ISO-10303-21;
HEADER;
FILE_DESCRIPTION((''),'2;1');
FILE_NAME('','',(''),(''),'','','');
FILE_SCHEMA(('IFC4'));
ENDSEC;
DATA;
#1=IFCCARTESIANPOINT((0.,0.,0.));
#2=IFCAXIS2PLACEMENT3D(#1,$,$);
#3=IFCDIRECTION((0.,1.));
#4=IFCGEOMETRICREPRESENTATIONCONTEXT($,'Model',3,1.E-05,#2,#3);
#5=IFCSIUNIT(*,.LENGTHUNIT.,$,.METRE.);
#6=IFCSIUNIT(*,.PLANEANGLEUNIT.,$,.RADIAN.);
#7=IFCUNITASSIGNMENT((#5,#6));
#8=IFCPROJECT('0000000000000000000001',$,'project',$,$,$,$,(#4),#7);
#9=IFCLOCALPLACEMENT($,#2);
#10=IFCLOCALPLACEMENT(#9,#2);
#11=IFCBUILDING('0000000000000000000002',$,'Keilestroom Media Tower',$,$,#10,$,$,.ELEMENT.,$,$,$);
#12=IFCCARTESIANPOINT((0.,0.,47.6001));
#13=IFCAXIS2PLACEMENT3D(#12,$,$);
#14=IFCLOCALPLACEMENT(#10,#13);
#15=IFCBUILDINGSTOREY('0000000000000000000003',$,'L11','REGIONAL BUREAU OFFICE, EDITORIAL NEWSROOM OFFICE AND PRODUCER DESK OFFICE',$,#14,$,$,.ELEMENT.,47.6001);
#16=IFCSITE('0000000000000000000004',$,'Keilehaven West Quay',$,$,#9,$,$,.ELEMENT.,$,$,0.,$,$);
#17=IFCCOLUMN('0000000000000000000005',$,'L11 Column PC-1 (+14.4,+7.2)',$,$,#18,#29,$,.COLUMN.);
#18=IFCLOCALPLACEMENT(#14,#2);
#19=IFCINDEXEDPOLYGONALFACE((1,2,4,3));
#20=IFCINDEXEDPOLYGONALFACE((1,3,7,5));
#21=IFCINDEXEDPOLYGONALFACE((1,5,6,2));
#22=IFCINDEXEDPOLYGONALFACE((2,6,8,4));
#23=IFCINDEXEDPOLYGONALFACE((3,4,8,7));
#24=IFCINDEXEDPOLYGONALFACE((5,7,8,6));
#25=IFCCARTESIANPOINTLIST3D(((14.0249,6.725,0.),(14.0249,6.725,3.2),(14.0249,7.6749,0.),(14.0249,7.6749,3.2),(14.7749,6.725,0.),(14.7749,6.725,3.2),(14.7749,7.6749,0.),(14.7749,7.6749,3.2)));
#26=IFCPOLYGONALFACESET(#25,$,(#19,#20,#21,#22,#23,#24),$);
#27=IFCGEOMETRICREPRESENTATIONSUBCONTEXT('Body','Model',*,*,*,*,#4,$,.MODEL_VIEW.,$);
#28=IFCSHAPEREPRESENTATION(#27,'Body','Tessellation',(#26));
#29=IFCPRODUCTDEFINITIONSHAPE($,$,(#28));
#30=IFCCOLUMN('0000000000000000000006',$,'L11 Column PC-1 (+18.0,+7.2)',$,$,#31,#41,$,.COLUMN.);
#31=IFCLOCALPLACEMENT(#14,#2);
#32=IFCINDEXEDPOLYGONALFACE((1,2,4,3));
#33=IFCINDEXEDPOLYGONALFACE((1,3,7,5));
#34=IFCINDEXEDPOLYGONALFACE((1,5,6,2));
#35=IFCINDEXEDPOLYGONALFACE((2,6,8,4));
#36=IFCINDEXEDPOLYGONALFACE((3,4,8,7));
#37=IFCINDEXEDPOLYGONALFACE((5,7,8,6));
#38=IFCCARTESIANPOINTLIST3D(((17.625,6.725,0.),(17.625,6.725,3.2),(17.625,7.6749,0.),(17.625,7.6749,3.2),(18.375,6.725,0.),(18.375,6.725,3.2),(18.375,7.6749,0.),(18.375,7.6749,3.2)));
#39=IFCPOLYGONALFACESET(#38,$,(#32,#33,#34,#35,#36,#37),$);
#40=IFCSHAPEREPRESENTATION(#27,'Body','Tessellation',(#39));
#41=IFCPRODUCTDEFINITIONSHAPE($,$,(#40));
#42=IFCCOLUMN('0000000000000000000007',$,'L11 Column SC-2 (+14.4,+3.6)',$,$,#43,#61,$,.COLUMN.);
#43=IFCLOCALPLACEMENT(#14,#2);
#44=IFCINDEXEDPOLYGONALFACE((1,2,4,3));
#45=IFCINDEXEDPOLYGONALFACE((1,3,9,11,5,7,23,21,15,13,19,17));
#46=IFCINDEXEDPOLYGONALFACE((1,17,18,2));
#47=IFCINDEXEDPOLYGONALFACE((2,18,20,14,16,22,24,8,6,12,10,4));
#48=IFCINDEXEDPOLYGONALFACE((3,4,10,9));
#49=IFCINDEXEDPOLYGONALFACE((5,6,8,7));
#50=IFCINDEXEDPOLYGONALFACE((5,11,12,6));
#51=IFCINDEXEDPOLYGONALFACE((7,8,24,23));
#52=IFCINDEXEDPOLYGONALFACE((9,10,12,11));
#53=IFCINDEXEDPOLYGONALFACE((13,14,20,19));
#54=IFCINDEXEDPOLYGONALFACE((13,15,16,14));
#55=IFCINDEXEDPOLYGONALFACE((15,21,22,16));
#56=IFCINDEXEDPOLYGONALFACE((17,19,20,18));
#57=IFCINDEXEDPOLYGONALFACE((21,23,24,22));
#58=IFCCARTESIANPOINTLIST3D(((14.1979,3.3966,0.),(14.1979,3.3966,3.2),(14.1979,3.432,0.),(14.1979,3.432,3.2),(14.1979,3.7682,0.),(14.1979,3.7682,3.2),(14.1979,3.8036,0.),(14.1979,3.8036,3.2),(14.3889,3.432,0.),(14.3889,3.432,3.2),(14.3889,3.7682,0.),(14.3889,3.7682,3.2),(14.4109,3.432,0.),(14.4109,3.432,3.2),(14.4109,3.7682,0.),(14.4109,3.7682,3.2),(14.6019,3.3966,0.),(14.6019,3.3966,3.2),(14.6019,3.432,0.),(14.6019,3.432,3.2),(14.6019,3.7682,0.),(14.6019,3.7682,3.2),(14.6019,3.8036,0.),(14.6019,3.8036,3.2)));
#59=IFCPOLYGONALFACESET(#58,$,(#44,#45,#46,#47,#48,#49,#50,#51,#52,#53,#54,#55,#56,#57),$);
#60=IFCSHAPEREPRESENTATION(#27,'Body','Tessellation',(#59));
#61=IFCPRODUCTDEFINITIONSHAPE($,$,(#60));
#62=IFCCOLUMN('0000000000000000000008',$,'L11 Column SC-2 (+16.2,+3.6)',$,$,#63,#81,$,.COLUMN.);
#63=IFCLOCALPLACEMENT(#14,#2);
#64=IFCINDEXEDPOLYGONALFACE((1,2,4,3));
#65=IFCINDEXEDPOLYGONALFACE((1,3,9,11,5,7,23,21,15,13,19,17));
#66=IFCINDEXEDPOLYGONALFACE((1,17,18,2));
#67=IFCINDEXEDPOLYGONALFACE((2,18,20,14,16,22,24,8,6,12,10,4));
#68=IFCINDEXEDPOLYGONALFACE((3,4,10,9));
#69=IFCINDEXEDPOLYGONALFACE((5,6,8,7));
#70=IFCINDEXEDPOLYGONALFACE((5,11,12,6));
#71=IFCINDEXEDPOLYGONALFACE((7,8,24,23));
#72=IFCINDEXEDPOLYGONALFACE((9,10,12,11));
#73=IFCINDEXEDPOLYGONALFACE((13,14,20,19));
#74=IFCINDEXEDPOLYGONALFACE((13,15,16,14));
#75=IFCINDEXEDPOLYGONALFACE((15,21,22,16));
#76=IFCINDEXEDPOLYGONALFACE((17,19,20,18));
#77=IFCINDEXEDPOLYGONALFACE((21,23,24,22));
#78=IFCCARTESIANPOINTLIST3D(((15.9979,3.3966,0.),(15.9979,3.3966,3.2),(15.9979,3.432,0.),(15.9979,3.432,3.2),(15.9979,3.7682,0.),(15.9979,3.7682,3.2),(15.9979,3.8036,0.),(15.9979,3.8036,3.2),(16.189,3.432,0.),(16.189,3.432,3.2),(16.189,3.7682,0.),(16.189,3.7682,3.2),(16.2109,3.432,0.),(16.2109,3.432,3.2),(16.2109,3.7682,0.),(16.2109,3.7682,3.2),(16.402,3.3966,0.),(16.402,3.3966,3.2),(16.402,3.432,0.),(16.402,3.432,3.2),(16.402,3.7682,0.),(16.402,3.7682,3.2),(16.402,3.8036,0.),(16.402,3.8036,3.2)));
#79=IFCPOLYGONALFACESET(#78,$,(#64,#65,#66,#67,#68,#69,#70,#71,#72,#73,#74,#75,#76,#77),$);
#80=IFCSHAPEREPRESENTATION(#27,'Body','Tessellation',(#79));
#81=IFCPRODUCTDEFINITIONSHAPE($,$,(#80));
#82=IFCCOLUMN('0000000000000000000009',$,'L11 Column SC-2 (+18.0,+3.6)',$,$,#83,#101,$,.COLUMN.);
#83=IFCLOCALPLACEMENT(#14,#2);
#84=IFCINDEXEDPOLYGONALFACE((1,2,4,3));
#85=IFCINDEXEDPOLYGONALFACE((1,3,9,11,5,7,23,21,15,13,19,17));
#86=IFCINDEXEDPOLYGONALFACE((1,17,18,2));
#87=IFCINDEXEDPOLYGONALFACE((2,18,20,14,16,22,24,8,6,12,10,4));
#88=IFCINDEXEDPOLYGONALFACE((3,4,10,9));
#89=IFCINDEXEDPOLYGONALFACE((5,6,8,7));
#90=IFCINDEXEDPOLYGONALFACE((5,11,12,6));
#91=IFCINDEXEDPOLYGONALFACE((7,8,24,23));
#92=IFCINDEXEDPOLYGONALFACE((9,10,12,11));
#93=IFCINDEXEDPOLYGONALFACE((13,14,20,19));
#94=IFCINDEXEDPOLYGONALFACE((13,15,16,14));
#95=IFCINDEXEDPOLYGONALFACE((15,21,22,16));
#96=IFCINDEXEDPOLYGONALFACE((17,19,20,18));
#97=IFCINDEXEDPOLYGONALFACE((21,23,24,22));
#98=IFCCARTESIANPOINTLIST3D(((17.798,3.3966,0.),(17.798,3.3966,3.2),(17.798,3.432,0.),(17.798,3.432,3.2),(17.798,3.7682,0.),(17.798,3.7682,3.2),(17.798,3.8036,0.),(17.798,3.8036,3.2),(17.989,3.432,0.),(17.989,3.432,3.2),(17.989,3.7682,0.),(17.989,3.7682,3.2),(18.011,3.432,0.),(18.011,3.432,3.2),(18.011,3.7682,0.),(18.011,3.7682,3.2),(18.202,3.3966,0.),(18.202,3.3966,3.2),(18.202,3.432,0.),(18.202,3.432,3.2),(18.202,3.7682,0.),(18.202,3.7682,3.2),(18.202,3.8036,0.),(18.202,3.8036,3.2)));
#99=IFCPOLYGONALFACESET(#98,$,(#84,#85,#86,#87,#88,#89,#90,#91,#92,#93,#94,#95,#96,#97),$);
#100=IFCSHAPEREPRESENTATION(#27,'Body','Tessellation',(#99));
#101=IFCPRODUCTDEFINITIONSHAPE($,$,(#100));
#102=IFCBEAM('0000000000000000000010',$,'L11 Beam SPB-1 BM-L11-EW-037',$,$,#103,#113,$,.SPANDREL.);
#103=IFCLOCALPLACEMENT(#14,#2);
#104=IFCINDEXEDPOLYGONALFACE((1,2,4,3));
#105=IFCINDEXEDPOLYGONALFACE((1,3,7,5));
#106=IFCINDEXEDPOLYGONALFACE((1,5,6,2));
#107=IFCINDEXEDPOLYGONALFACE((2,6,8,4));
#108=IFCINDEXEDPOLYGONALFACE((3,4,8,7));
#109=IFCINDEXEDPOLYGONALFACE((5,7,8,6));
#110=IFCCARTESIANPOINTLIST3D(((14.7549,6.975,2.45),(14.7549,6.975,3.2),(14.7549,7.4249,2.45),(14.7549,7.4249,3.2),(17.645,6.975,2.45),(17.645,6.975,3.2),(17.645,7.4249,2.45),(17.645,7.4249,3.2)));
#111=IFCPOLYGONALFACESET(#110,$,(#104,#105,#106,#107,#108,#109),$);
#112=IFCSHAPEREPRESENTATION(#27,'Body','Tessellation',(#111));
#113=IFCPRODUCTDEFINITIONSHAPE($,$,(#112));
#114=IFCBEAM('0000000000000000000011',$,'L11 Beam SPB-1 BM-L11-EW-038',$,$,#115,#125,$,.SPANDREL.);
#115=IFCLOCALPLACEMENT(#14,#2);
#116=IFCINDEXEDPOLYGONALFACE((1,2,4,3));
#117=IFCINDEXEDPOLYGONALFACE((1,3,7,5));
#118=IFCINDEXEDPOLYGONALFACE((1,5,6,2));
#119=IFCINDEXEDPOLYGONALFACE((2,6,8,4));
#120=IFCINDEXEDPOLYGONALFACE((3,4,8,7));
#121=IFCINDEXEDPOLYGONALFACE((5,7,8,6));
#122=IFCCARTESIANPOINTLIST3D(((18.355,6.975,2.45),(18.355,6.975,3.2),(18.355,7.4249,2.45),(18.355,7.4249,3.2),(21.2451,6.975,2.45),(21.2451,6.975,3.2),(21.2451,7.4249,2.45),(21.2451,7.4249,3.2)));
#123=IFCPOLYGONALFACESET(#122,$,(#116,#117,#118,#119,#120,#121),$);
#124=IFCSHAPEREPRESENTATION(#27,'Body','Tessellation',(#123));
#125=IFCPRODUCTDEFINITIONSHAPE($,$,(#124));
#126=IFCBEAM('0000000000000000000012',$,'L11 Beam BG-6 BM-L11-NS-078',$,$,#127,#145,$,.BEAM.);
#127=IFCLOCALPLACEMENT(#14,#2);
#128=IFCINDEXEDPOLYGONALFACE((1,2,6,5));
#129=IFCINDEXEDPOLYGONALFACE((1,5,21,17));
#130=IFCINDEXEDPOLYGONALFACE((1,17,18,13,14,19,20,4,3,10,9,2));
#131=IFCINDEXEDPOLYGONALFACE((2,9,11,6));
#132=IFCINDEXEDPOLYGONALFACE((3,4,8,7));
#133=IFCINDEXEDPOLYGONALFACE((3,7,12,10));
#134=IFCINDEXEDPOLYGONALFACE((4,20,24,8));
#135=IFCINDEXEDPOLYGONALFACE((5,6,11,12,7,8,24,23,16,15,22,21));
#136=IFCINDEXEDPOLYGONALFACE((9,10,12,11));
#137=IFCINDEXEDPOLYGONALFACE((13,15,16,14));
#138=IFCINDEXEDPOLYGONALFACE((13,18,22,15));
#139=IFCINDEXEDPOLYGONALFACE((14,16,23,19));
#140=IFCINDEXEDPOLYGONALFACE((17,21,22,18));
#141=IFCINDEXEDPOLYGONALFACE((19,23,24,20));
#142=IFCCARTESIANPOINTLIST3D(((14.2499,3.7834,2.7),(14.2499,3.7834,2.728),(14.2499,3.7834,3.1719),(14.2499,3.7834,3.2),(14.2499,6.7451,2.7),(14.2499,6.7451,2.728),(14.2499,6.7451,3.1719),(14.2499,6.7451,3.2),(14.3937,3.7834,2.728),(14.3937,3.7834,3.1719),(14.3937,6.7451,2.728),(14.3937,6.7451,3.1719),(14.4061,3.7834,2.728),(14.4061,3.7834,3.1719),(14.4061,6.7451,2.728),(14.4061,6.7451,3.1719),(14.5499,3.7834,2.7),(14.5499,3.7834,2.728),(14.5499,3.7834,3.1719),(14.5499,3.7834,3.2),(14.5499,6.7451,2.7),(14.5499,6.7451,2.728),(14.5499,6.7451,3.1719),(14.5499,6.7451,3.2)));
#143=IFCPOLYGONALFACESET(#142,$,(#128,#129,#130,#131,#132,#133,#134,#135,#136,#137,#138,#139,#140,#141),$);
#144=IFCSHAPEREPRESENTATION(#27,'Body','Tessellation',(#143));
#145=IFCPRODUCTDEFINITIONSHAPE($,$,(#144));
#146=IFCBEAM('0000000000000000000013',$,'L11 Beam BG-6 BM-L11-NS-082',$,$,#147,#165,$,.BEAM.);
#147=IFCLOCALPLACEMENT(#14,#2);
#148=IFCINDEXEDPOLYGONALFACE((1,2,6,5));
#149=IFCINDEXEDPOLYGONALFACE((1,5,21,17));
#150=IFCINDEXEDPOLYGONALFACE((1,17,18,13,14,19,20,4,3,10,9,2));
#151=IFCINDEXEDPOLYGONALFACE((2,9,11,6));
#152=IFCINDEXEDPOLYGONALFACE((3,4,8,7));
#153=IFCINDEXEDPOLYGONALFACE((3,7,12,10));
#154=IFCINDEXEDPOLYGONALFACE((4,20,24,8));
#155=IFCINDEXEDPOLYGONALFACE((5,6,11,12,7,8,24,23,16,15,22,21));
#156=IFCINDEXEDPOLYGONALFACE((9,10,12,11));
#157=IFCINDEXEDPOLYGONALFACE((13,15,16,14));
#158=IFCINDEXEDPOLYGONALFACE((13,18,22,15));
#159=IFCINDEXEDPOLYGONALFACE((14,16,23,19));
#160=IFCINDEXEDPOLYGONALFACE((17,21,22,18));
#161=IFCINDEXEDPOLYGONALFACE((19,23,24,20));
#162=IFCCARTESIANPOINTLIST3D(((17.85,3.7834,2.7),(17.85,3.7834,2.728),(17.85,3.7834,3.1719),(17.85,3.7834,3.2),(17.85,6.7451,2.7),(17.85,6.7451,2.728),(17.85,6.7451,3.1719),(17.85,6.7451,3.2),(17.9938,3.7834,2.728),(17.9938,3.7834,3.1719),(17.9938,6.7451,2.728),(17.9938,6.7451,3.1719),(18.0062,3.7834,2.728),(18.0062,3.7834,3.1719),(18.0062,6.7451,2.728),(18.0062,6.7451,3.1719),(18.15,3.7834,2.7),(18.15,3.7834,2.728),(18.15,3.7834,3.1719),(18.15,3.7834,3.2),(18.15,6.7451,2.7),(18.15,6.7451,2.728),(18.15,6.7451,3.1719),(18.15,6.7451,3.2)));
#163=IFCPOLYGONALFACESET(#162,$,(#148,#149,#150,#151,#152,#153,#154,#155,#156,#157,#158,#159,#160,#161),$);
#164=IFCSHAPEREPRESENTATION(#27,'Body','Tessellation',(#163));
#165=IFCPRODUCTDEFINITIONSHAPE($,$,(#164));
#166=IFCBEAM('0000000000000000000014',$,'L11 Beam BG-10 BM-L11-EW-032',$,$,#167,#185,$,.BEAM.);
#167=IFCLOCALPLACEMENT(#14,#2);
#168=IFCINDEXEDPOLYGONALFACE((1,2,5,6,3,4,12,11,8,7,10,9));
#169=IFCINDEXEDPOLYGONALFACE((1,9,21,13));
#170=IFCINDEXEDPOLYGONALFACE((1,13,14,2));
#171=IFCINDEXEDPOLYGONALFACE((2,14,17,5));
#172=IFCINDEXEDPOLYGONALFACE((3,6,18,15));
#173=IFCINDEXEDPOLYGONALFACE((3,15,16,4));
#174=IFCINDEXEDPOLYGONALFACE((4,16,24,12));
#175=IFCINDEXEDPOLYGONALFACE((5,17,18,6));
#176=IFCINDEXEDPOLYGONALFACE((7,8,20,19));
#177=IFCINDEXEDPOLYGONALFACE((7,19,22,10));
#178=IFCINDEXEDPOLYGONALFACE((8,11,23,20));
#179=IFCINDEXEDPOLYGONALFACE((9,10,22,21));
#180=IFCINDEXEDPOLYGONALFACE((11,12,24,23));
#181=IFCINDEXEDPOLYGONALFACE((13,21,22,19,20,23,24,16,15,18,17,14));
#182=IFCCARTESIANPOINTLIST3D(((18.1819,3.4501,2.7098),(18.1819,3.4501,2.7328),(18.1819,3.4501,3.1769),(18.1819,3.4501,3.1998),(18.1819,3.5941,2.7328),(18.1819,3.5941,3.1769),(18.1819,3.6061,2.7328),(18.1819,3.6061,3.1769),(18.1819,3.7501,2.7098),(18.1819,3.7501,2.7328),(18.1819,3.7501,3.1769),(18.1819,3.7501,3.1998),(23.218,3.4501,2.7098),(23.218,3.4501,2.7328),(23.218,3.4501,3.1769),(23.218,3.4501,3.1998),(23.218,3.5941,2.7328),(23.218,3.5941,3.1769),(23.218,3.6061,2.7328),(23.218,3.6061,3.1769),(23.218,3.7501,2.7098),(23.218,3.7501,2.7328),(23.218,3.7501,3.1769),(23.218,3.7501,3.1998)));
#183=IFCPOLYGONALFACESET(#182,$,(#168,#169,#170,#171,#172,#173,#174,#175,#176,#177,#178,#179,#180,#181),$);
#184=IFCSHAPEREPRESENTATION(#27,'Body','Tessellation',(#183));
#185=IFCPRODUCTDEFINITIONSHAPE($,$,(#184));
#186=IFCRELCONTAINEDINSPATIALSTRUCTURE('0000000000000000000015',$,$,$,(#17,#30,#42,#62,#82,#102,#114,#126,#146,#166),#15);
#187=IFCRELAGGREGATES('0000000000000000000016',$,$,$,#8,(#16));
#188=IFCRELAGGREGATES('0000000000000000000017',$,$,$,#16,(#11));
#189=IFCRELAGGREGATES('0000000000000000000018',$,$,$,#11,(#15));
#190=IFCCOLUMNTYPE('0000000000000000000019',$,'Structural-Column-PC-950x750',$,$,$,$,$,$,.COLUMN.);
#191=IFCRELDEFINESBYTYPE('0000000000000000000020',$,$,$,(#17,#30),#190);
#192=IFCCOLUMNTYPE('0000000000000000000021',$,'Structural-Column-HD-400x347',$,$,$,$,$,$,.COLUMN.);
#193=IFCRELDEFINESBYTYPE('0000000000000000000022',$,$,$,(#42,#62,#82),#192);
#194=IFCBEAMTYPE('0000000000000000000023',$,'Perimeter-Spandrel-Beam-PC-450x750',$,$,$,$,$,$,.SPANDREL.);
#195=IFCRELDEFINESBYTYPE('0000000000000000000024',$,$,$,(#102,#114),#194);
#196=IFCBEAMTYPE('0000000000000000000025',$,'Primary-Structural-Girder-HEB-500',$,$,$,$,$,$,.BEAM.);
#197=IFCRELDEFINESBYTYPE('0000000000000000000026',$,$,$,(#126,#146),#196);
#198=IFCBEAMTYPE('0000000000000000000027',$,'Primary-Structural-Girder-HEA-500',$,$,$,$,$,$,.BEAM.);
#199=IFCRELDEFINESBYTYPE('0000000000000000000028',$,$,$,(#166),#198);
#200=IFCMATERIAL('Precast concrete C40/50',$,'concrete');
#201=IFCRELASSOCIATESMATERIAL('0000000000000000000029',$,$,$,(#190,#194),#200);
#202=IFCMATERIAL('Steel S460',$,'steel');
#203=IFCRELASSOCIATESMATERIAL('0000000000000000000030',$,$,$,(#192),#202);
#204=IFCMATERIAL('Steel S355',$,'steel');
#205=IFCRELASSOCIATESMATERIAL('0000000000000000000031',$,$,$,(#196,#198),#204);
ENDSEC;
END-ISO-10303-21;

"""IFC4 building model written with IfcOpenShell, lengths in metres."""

from ifc_helpers import new_model, si_unit, direction, frame, origin, origin_2d, place, context, subcontext, project, spatial, rectangle, i_section, extrude, source, transform, mapped, material, material_profile, profile_set, type_object, element, save


model = new_model("IFC4")

# Units and contexts
model_context = context("Model", 3, precision=1e-05, world=origin(), true_north=direction((0.0, 1.0)))
body_context = subcontext(model_context, "Body", "Model", "MODEL_VIEW")
ifc_project = project(units=[si_unit("LENGTHUNIT", "METRE"), si_unit("PLANEANGLEUNIT", "RADIAN")], contexts=[model_context])

# Site, building, storey
site_placement = place(None, origin())
site = spatial("IfcSite", under=ifc_project, at=site_placement, Name="Keilehaven West Quay", CompositionType="ELEMENT", RefElevation=0.0)
building_placement = place(site_placement, origin())
building = spatial("IfcBuilding", under=site, at=building_placement, Name="Keilestroom Media Tower", CompositionType="ELEMENT")
storey_placement = place(building_placement, frame((0.0, 0.0, 47.6001)))
storey = spatial("IfcBuildingStorey", under=building, at=storey_placement, Name="L11", Description="REGIONAL BUREAU OFFICE, EDITORIAL NEWSROOM OFFICE AND PRODUCER DESK OFFICE", CompositionType="ELEMENT", Elevation=47.6001)

# Columns
ifc_material_1 = material(Name="Precast concrete C40/50", Category="concrete")
ifc_material_profile_1 = material_profile(ifc_material_1, rectangle(XDim=0.75, YDim=0.95, at=origin_2d()), Name="PC 950x750")
ifc_profile_set_1 = profile_set([ifc_material_profile_1], Name="Precast concrete C40/50")
column_type_1 = type_object("IfcColumnType", Name="Structural-Column-PC-950x750", PredefinedType="COLUMN", material=ifc_profile_set_1)
shared_shape_1 = source(origin(), body_context, "Body", "SweptSolid", [
    extrude(rectangle(XDim=0.75, YDim=0.95, at=origin_2d()), origin(), (0.0, 0.0, 1.0), 3.2),
])
for number, where, z_axis, x_axis, name in (
    (1, (14.3999, 7.2, 0.0), (0.0, 0.0, 1.0), (1.0, 0.0, 0.0), "L11 Column PC-1 (+14.4,+7.2)"),
    (2, (18.0, 7.2, 0.0), (0.0, 0.0, 1.0), (1.0, 0.0, 0.0), "L11 Column PC-1 (+18.0,+7.2)"),
):
    element("IfcColumn", number, at=place(storey_placement, frame(where, z_axis=z_axis, x_axis=x_axis)), inside=storey, type_object=column_type_1, Name=name, PredefinedType="COLUMN", context=body_context, shape_type="MappedRepresentation", body=[
        mapped(shared_shape_1, transform((0.0, 0.0, 0.0), x_axis=(1.0, 0.0, 0.0), y_axis=(0.0, 1.0, 0.0), z_axis=(0.0, 0.0, 1.0), scale=1.0)),
    ])
ifc_material_2 = material(Name="Steel S460", Category="steel")
ifc_material_profile_2 = material_profile(ifc_material_2, i_section(OverallWidth=0.4041, OverallDepth=0.407, WebThickness=0.022, FlangeThickness=0.0354, at=origin_2d()), Name="HD 400x347")
ifc_profile_set_2 = profile_set([ifc_material_profile_2], Name="Steel S460")
column_type_2 = type_object("IfcColumnType", Name="Structural-Column-HD-400x347", PredefinedType="COLUMN", material=ifc_profile_set_2)
shared_shape_2 = source(origin(), body_context, "Body", "SweptSolid", [
    extrude(i_section(OverallWidth=0.4041, OverallDepth=0.407, WebThickness=0.022, FlangeThickness=0.0354, at=origin_2d()), origin(), (0.0, 0.0, 1.0), 3.2),
])
for number, where, z_axis, x_axis, name in (
    (3, (14.3999, 3.6001, 0.0), (0.0, 0.0, 1.0), (1.0, 0.0, 0.0), "L11 Column SC-2 (+14.4,+3.6)"),
    (4, (16.2, 3.6001, 0.0), (0.0, 0.0, 1.0), (1.0, 0.0, 0.0), "L11 Column SC-2 (+16.2,+3.6)"),
    (5, (18.0, 3.6001, 0.0), (0.0, 0.0, 1.0), (1.0, 0.0, 0.0), "L11 Column SC-2 (+18.0,+3.6)"),
):
    element("IfcColumn", number, at=place(storey_placement, frame(where, z_axis=z_axis, x_axis=x_axis)), inside=storey, type_object=column_type_2, Name=name, PredefinedType="COLUMN", context=body_context, shape_type="MappedRepresentation", body=[
        mapped(shared_shape_2, transform((0.0, 0.0, 0.0), x_axis=(1.0, 0.0, 0.0), y_axis=(0.0, 1.0, 0.0), z_axis=(0.0, 0.0, 1.0), scale=1.0)),
    ])

# Beams
ifc_material_profile_3 = material_profile(ifc_material_1, rectangle(XDim=0.45, YDim=0.75, at=origin_2d()), Name="PC 450x750")
ifc_profile_set_3 = profile_set([ifc_material_profile_3], Name="Precast concrete C40/50")
beam_type_1 = type_object("IfcBeamType", Name="Perimeter-Spandrel-Beam-PC-450x750", PredefinedType="SPANDREL", material=ifc_profile_set_3)
shared_shape_3 = source(origin(), body_context, "Body", "SweptSolid", [
    extrude(rectangle(XDim=0.45, YDim=0.75, at=origin_2d()), origin(), (0.0, 0.0, 1.0), 2.8901),
])
for number, where, z_axis, x_axis, name in (
    (6, (14.7549, 7.2, 2.825), (1.0, 0.0, 0.0), (0.0, 1.0, 0.0), "L11 Beam SPB-1 BM-L11-EW-037"),
    (7, (18.355, 7.2, 2.825), (1.0, 0.0, 0.0), (0.0, 1.0, 0.0), "L11 Beam SPB-1 BM-L11-EW-038"),
):
    element("IfcBeam", number, at=place(storey_placement, frame(where, z_axis=z_axis, x_axis=x_axis)), inside=storey, type_object=beam_type_1, Name=name, PredefinedType="SPANDREL", context=body_context, shape_type="MappedRepresentation", body=[
        mapped(shared_shape_3, transform((0.0, 0.0, 0.0), x_axis=(1.0, 0.0, 0.0), y_axis=(0.0, 1.0, 0.0), z_axis=(0.0, 0.0, 1.0), scale=1.0)),
    ])
ifc_material_3 = material(Name="Steel S355", Category="steel")
ifc_material_profile_4 = material_profile(ifc_material_3, i_section(OverallWidth=0.3, OverallDepth=0.5, WebThickness=0.0125, FlangeThickness=0.0281, at=origin_2d()), Name="HEB 500")
ifc_profile_set_4 = profile_set([ifc_material_profile_4], Name="Steel S355")
beam_type_2 = type_object("IfcBeamType", Name="Primary-Structural-Girder-HEB-500", PredefinedType="BEAM", material=ifc_profile_set_4)
shared_shape_4 = source(origin(), body_context, "Body", "SweptSolid", [
    extrude(i_section(OverallWidth=0.3, OverallDepth=0.5, WebThickness=0.0125, FlangeThickness=0.0281, at=origin_2d()), origin(), (0.0, 0.0, 1.0), 2.9617),
])
for number, where, z_axis, x_axis, name in (
    (8, (14.3999, 3.7834, 2.95), (0.0, 1.0, 0.0), (-1.0, 0.0, 0.0), "L11 Beam BG-6 BM-L11-NS-078"),
    (9, (18.0, 3.7834, 2.95), (0.0, 1.0, 0.0), (-1.0, 0.0, 0.0), "L11 Beam BG-6 BM-L11-NS-082"),
):
    element("IfcBeam", number, at=place(storey_placement, frame(where, z_axis=z_axis, x_axis=x_axis)), inside=storey, type_object=beam_type_2, Name=name, PredefinedType="BEAM", context=body_context, shape_type="MappedRepresentation", body=[
        mapped(shared_shape_4, transform((0.0, 0.0, 0.0), x_axis=(1.0, 0.0, 0.0), y_axis=(0.0, 1.0, 0.0), z_axis=(0.0, 0.0, 1.0), scale=1.0)),
    ])
ifc_material_profile_5 = material_profile(ifc_material_3, i_section(OverallWidth=0.3, OverallDepth=0.49, WebThickness=0.012, FlangeThickness=0.0229, at=origin_2d()), Name="HEA 500")
ifc_profile_set_5 = profile_set([ifc_material_profile_5], Name="Steel S355")
beam_type_3 = type_object("IfcBeamType", Name="Primary-Structural-Girder-HEA-500", PredefinedType="BEAM", material=ifc_profile_set_5)
shared_shape_5 = source(origin(), body_context, "Body", "SweptSolid", [
    extrude(i_section(OverallWidth=0.3, OverallDepth=0.49, WebThickness=0.012, FlangeThickness=0.0229, at=origin_2d()), origin(), (0.0, 0.0, 1.0), 5.0361),
])
beam_placement = place(storey_placement, frame((18.1819, 3.6001, 2.9548), z_axis=(1.0, 0.0, 0.0), x_axis=(0.0, 1.0, 0.0)))
element("IfcBeam", 10, at=beam_placement, inside=storey, type_object=beam_type_3, Name="L11 Beam BG-10 BM-L11-EW-032", PredefinedType="BEAM", context=body_context, shape_type="MappedRepresentation", body=[
    mapped(shared_shape_5, transform((0.0, 0.0, 0.0), x_axis=(1.0, 0.0, 0.0), y_axis=(0.0, 1.0, 0.0), z_axis=(0.0, 0.0, 1.0), scale=1.0)),
])

save(model, "model.ifc")
